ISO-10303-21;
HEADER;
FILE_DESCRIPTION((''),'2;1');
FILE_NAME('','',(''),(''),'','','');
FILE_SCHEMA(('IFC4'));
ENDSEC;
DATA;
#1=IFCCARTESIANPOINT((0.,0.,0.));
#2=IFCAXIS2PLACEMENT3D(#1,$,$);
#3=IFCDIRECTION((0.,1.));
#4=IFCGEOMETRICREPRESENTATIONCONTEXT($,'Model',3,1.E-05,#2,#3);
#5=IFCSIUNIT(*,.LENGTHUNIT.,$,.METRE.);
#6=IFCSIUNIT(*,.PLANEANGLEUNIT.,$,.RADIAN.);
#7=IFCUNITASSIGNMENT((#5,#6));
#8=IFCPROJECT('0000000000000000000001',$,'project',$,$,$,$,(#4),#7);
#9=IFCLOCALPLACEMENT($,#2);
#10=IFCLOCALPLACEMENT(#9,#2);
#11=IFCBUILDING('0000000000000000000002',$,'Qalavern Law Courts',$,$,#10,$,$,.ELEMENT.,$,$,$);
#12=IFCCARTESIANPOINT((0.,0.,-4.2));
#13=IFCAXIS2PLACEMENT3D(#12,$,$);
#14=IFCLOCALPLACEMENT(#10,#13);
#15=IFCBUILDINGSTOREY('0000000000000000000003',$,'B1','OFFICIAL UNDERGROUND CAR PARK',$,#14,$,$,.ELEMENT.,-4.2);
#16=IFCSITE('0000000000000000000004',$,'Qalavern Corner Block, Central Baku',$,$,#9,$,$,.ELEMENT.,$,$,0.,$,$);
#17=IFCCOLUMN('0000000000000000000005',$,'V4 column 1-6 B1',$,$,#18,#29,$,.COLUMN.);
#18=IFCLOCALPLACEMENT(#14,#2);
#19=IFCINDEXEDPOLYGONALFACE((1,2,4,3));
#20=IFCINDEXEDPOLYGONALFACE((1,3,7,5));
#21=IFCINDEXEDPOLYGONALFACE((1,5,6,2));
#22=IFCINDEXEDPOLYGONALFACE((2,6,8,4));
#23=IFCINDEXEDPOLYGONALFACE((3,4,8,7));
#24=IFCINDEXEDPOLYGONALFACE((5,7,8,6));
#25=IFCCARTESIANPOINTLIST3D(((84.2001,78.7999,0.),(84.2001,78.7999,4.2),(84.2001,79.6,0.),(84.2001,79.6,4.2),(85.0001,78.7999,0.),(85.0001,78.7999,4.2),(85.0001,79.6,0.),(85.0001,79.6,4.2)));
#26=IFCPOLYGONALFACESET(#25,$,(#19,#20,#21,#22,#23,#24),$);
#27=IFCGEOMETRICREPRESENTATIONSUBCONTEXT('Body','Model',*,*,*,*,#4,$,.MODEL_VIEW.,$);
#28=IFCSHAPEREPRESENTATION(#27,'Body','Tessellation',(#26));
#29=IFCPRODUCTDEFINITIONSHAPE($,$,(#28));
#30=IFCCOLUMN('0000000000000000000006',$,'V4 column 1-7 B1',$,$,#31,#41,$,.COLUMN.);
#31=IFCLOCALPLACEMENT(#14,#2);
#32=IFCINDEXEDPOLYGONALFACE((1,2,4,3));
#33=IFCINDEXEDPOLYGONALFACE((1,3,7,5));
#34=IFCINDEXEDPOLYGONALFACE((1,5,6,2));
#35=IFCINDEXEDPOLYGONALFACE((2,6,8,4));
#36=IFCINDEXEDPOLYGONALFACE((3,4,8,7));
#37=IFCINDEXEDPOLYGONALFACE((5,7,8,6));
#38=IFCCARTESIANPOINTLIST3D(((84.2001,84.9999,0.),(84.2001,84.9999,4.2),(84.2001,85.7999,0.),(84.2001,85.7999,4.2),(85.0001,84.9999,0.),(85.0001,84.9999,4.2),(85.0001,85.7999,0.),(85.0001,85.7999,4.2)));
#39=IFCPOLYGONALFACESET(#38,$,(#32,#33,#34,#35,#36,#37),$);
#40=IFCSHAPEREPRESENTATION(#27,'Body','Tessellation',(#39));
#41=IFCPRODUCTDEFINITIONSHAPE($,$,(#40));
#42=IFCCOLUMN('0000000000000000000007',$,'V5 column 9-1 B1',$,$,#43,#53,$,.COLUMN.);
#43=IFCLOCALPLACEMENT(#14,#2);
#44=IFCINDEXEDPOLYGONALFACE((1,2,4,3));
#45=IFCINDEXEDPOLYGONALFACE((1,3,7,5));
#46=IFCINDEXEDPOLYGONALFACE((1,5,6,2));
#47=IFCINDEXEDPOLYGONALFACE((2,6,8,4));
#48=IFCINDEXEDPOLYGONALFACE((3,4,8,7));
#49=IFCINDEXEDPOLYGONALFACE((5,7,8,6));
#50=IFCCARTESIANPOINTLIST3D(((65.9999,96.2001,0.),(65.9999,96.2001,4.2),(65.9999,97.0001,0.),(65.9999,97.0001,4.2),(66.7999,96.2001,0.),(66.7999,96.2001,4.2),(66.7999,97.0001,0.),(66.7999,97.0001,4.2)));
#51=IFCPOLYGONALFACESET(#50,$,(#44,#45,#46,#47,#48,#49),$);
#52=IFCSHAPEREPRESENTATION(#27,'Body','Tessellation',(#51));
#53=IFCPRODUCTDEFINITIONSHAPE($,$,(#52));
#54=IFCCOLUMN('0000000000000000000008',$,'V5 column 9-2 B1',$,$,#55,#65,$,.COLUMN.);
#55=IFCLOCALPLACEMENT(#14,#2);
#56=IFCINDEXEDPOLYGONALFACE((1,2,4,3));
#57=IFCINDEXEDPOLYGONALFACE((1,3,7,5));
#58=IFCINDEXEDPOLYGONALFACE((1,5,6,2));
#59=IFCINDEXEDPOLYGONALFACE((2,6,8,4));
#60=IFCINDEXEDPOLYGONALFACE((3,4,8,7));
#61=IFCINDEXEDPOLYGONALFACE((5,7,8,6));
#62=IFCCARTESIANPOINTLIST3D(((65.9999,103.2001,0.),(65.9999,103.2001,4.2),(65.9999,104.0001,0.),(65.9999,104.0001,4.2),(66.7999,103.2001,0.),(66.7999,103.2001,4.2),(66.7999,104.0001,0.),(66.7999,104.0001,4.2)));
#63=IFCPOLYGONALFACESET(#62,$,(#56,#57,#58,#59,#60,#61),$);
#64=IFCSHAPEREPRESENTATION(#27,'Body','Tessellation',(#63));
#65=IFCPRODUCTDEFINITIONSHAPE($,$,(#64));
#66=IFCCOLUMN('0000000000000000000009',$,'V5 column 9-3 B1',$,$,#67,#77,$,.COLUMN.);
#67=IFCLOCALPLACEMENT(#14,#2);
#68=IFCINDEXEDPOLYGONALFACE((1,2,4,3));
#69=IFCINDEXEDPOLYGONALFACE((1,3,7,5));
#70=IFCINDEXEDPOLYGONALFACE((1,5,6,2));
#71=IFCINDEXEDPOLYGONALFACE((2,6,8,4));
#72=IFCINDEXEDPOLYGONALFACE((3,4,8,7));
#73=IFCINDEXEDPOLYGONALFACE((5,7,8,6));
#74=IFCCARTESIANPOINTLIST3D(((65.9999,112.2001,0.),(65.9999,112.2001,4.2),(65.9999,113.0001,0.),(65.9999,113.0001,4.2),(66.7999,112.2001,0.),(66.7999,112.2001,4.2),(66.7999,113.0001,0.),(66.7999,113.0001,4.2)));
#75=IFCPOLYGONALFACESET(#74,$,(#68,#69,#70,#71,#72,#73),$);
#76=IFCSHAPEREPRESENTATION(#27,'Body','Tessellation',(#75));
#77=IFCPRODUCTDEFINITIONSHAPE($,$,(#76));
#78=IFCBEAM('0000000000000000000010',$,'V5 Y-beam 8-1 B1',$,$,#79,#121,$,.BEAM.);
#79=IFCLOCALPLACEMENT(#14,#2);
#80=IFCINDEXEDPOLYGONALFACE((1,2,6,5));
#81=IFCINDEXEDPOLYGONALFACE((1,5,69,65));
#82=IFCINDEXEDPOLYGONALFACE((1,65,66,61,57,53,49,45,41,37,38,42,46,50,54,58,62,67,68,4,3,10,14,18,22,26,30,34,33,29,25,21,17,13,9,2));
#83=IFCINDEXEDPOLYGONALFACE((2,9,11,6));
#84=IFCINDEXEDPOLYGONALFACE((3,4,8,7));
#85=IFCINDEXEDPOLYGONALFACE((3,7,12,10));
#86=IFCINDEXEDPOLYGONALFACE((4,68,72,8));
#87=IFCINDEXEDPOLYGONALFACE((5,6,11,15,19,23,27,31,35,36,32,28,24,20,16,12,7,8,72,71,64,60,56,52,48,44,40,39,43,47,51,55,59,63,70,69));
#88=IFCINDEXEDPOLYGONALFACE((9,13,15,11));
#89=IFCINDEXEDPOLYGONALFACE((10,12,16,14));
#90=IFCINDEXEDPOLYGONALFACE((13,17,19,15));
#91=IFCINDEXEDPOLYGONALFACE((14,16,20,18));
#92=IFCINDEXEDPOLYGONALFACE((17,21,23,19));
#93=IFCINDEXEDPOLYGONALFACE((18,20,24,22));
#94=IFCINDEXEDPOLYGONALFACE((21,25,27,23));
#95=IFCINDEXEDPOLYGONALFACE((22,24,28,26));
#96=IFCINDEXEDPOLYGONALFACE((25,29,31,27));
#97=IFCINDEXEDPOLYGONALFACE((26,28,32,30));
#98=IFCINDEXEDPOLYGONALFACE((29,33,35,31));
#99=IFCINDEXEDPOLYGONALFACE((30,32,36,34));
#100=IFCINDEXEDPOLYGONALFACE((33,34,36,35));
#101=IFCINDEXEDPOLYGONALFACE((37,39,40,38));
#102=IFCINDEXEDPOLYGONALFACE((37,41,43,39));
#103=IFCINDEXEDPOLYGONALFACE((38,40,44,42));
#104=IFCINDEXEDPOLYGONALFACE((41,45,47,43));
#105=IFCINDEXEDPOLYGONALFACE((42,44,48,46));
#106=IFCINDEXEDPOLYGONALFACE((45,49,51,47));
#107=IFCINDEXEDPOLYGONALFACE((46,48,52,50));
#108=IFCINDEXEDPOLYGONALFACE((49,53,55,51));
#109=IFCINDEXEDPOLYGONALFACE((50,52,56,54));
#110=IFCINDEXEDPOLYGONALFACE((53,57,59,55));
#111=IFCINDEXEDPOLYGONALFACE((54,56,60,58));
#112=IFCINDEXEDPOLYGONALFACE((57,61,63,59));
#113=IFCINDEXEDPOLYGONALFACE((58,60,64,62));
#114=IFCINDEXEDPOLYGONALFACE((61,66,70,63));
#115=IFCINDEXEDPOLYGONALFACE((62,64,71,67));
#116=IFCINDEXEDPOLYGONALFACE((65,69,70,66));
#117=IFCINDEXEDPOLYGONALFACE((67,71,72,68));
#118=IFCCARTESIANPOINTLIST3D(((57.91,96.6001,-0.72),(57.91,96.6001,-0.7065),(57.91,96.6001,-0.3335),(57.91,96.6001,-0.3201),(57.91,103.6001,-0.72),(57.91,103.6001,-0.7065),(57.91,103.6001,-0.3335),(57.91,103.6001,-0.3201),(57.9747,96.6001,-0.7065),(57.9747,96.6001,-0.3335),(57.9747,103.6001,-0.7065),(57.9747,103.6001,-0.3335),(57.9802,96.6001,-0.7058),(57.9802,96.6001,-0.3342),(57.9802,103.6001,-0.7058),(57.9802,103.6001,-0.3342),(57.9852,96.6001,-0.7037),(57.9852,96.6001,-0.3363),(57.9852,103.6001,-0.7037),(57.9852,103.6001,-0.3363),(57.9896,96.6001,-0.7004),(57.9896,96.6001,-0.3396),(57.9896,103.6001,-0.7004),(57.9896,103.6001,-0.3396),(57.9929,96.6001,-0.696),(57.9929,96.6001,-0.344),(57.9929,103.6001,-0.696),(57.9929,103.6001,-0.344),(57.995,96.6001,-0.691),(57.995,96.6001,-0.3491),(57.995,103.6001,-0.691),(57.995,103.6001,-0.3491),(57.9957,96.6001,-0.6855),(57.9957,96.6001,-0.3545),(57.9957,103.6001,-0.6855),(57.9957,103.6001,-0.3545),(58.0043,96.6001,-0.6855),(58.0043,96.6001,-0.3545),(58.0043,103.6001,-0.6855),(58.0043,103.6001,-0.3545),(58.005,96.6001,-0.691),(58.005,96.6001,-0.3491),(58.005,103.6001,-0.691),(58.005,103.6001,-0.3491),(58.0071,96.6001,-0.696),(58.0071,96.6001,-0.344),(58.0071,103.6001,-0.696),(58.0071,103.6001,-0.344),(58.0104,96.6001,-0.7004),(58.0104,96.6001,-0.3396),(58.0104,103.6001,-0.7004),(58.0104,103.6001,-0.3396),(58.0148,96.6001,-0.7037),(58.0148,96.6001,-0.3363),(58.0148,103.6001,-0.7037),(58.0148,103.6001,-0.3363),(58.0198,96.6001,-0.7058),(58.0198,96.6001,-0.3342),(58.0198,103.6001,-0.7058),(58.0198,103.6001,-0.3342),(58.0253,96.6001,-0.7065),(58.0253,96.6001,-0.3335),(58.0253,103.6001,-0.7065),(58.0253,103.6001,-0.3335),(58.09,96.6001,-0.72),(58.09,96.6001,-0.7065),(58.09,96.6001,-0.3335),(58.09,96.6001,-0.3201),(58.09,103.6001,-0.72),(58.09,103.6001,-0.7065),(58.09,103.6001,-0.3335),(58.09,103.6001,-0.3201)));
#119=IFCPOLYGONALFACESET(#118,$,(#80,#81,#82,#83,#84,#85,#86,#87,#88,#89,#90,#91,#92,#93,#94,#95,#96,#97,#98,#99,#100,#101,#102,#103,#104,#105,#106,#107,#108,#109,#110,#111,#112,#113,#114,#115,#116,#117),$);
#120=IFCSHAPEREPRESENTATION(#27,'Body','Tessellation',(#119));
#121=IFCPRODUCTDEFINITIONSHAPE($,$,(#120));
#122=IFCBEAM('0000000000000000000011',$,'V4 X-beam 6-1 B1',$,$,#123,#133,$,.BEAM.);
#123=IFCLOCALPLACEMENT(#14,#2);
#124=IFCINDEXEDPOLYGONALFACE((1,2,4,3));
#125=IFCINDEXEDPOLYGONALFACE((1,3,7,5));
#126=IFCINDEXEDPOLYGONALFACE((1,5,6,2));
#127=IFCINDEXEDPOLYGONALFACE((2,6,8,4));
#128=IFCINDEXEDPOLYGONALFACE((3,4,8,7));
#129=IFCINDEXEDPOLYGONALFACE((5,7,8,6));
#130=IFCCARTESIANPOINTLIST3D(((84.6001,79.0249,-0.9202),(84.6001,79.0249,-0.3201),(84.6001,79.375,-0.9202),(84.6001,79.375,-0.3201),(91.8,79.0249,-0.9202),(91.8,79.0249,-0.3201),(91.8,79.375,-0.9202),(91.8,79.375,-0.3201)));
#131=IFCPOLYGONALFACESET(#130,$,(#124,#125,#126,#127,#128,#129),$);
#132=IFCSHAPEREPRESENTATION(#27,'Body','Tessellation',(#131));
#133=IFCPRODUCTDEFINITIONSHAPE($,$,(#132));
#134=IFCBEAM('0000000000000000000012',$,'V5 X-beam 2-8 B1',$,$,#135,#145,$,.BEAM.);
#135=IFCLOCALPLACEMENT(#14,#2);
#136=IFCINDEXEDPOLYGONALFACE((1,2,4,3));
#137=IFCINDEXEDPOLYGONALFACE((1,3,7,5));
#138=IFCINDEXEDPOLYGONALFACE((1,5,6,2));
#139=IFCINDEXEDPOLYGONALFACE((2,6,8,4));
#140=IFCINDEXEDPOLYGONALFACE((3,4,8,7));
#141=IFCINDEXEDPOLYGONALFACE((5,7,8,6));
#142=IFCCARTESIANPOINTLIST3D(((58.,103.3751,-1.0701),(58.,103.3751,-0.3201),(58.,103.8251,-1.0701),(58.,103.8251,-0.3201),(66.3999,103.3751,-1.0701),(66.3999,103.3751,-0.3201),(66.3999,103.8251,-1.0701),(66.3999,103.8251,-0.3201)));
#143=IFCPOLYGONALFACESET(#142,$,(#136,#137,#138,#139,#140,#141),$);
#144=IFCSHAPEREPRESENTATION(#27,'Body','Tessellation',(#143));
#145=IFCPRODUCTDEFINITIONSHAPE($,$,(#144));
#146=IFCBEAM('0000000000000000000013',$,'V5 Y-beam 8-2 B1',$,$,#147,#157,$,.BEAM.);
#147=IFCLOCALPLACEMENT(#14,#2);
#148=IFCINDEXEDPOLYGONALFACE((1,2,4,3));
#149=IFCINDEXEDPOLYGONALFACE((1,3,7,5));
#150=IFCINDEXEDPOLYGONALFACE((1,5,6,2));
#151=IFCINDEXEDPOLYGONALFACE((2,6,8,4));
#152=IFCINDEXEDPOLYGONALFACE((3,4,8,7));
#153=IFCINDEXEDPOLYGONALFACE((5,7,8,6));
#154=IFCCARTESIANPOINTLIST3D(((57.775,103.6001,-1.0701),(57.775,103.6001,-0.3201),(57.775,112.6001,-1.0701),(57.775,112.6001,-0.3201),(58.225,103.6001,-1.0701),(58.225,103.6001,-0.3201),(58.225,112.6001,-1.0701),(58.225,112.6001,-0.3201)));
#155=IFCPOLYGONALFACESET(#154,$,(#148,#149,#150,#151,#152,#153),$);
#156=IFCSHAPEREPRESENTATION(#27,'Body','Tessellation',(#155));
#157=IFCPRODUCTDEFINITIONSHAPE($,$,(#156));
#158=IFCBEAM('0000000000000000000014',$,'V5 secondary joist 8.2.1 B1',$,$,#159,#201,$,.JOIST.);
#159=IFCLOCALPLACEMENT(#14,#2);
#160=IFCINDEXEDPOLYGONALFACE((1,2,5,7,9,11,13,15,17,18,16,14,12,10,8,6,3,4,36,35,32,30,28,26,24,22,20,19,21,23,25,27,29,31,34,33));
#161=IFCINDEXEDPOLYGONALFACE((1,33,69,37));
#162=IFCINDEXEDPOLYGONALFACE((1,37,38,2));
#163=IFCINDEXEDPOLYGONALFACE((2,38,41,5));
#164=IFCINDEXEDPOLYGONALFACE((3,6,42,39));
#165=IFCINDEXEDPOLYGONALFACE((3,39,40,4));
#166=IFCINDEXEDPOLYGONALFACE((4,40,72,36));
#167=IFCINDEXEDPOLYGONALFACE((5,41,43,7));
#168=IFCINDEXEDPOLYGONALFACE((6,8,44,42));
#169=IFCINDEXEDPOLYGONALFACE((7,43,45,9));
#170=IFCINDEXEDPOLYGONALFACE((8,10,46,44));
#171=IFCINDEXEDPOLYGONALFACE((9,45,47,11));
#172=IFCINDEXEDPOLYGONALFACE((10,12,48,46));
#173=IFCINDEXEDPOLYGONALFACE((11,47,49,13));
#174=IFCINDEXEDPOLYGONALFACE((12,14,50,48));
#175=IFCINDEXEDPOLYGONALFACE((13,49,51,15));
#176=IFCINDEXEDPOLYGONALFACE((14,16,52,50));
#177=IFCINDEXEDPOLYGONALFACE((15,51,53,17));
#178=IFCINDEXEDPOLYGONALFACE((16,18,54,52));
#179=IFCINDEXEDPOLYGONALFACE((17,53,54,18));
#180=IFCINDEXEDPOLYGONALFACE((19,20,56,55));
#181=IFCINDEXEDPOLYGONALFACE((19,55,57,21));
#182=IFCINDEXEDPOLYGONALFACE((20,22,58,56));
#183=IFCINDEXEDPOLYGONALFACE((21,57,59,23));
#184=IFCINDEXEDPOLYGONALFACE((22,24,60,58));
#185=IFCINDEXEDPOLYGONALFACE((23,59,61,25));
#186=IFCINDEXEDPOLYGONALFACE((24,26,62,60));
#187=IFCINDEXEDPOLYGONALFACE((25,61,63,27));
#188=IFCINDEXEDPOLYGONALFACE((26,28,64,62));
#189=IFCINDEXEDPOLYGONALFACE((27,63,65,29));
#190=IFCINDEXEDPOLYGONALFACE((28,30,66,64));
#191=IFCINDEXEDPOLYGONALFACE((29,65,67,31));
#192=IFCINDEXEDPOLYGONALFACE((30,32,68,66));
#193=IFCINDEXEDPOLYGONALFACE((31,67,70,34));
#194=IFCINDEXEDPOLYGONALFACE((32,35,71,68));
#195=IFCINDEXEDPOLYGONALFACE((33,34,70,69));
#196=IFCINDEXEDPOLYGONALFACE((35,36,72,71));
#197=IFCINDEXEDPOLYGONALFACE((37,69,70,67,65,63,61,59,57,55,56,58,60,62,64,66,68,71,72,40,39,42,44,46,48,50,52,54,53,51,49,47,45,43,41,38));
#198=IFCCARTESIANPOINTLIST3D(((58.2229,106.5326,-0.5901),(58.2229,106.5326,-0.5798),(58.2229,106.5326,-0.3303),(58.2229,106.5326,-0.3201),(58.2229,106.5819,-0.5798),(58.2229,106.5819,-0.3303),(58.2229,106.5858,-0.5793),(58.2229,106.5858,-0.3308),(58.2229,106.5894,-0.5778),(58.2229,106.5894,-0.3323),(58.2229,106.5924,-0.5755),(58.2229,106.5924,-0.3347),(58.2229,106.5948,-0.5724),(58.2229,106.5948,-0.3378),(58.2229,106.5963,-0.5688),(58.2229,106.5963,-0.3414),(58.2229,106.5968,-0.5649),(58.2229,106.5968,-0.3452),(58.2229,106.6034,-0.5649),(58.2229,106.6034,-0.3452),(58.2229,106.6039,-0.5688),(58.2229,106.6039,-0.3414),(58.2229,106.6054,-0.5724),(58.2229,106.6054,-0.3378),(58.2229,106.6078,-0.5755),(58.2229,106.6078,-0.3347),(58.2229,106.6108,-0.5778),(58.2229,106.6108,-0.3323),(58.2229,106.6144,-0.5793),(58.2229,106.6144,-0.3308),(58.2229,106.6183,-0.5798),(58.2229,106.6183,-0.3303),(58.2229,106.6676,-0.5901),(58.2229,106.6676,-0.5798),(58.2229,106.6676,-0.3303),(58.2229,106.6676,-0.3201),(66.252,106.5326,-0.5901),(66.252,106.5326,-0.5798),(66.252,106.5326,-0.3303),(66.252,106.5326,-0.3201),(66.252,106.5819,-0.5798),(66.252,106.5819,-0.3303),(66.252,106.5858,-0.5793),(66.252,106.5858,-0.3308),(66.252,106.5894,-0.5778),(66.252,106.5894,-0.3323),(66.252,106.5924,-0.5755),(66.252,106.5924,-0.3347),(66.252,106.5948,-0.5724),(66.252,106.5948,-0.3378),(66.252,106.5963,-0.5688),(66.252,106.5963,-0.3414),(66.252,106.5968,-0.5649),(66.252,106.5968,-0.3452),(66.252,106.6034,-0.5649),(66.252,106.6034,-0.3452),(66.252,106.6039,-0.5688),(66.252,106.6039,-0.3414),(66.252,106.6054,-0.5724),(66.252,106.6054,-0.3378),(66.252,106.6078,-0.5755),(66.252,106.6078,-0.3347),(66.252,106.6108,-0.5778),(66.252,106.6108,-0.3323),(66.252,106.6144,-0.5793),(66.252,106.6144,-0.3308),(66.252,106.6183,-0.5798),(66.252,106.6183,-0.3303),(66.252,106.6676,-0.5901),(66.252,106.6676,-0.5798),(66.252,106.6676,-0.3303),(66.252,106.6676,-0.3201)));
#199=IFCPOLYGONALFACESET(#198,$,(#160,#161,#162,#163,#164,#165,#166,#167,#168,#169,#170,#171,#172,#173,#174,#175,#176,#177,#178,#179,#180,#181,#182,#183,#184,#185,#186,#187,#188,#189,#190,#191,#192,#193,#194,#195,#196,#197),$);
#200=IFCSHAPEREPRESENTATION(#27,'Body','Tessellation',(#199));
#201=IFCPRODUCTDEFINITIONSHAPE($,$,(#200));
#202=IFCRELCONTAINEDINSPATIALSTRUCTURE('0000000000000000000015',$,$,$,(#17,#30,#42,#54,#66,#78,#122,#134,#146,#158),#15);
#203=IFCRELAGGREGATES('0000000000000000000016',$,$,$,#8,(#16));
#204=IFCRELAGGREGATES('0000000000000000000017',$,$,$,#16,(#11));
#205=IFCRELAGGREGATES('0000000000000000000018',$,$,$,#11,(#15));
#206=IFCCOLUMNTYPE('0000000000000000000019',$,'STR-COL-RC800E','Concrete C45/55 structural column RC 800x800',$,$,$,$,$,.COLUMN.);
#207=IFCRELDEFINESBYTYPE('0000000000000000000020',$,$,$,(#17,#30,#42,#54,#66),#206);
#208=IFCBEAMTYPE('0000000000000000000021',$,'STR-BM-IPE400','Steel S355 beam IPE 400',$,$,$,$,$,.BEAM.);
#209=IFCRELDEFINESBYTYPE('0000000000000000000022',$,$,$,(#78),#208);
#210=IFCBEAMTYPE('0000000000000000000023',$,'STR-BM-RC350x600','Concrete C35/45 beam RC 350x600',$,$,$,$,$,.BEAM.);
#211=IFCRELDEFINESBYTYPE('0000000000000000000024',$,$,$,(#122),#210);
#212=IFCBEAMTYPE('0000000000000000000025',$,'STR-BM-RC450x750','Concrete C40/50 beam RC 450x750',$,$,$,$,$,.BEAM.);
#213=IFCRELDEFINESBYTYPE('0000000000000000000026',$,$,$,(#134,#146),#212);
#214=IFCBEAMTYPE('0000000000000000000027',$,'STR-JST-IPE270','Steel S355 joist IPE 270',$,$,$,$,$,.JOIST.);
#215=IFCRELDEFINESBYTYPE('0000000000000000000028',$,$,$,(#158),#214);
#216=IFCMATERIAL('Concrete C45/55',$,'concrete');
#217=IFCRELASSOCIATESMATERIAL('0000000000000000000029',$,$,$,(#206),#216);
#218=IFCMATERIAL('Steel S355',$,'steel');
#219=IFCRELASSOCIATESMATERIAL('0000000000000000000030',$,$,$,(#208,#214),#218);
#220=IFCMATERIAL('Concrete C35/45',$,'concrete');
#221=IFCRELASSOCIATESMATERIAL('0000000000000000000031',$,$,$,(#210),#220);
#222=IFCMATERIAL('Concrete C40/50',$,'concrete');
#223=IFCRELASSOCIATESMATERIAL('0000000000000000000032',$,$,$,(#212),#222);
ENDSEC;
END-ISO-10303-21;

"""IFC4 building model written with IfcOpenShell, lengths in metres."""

from ifc_helpers import new_model, si_unit, direction, frame, origin, origin_2d, place, context, subcontext, project, spatial, rectangle, i_section, extrude, material, material_profile, profile_set, type_object, element, save


model = new_model("IFC4")

# Units and contexts
model_context = context("Model", 3, precision=1e-05, world=origin(), true_north=direction((0.0, 1.0)))
body_context = subcontext(model_context, "Body", "Model", "MODEL_VIEW")
ifc_project = project(units=[si_unit("LENGTHUNIT", "METRE"), si_unit("PLANEANGLEUNIT", "RADIAN")], contexts=[model_context])

# Site, building, storey
site_placement = place(None, origin())
site = spatial("IfcSite", under=ifc_project, at=site_placement, Name="Qalavern Corner Block, Central Baku", CompositionType="ELEMENT", RefElevation=0.0)
building_placement = place(site_placement, origin())
building = spatial("IfcBuilding", under=site, at=building_placement, Name="Qalavern Law Courts", CompositionType="ELEMENT")
storey_placement = place(building_placement, frame((0.0, 0.0, -4.2)))
storey = spatial("IfcBuildingStorey", under=building, at=storey_placement, Name="B1", Description="OFFICIAL UNDERGROUND CAR PARK", CompositionType="ELEMENT", Elevation=-4.2)

# Columns
ifc_material_1 = material(Name="Concrete C45/55", Category="concrete")
ifc_material_profile_1 = material_profile(ifc_material_1, rectangle(XDim=0.8, YDim=0.8, at=origin_2d()), Name="RC 800x800")
ifc_profile_set_1 = profile_set([ifc_material_profile_1], Name="Concrete C45/55")
column_type = type_object("IfcColumnType", Name="STR-COL-RC800E", Description="Concrete C45/55 structural column RC 800x800", PredefinedType="COLUMN", material=ifc_profile_set_1)
for number, where, z_axis, x_axis, name in (
    (1, (84.6001, 79.2, 0.0), (0.0, 0.0, 1.0), (1.0, 0.0, 0.0), "V4 column 1-6 B1"),
    (2, (84.6001, 85.3999, 0.0), (0.0, 0.0, 1.0), (1.0, 0.0, 0.0), "V4 column 1-7 B1"),
    (3, (66.3999, 96.6001, 0.0), (0.0, 0.0, 1.0), (1.0, 0.0, 0.0), "V5 column 9-1 B1"),
    (4, (66.3999, 103.6001, 0.0), (0.0, 0.0, 1.0), (1.0, 0.0, 0.0), "V5 column 9-2 B1"),
    (5, (66.3999, 112.6001, 0.0), (0.0, 0.0, 1.0), (1.0, 0.0, 0.0), "V5 column 9-3 B1"),
):
    element("IfcColumn", number, at=place(storey_placement, frame(where, z_axis=z_axis, x_axis=x_axis)), inside=storey, type_object=column_type, Name=name, PredefinedType="COLUMN", context=body_context, shape_type="SweptSolid", body=[
        extrude(rectangle(XDim=0.8, YDim=0.8, at=origin_2d()), origin(), (0.0, 0.0, 1.0), 4.2),
    ])

# Beams
ifc_material_2 = material(Name="Steel S355", Category="steel")
ifc_material_profile_2 = material_profile(ifc_material_2, i_section(OverallWidth=0.1799, OverallDepth=0.3999, WebThickness=0.0085, FlangeThickness=0.0134, FilletRadius=0.021, at=origin_2d()), Name="IPE 400")
ifc_profile_set_2 = profile_set([ifc_material_profile_2], Name="Steel S355")
beam_type_1 = type_object("IfcBeamType", Name="STR-BM-IPE400", Description="Steel S355 beam IPE 400", PredefinedType="BEAM", material=ifc_profile_set_2)
beam_1_placement = place(storey_placement, frame((58.0, 96.6001, -0.52), z_axis=(0.0, 1.0, 0.0), x_axis=(-1.0, 0.0, 0.0)))
element("IfcBeam", 6, at=beam_1_placement, inside=storey, type_object=beam_type_1, Name="V5 Y-beam 8-1 B1", PredefinedType="BEAM", context=body_context, shape_type="SweptSolid", body=[
    extrude(i_section(OverallWidth=0.1799, OverallDepth=0.3999, WebThickness=0.0085, FlangeThickness=0.0134, FilletRadius=0.021, at=origin_2d()), origin(), (0.0, 0.0, 1.0), 7.0),
])
ifc_material_3 = material(Name="Concrete C35/45", Category="concrete")
ifc_material_profile_3 = material_profile(ifc_material_3, rectangle(XDim=0.3501, YDim=0.6001, at=origin_2d()), Name="RC 350x600")
ifc_profile_set_3 = profile_set([ifc_material_profile_3], Name="Concrete C35/45")
beam_type_2 = type_object("IfcBeamType", Name="STR-BM-RC350x600", Description="Concrete C35/45 beam RC 350x600", PredefinedType="BEAM", material=ifc_profile_set_3)
beam_2_placement = place(storey_placement, frame((84.6001, 79.2, -0.6201), z_axis=(1.0, 0.0, 0.0), x_axis=(0.0, 1.0, 0.0)))
element("IfcBeam", 7, at=beam_2_placement, inside=storey, type_object=beam_type_2, Name="V4 X-beam 6-1 B1", PredefinedType="BEAM", context=body_context, shape_type="SweptSolid", body=[
    extrude(rectangle(XDim=0.3501, YDim=0.6001, at=origin_2d()), origin(), (0.0, 0.0, 1.0), 7.2),
])
ifc_material_4 = material(Name="Concrete C40/50", Category="concrete")
ifc_material_profile_4 = material_profile(ifc_material_4, rectangle(XDim=0.45, YDim=0.75, at=origin_2d()), Name="RC 450x750")
ifc_profile_set_4 = profile_set([ifc_material_profile_4], Name="Concrete C40/50")
beam_type_3 = type_object("IfcBeamType", Name="STR-BM-RC450x750", Description="Concrete C40/50 beam RC 450x750", PredefinedType="BEAM", material=ifc_profile_set_4)
beam_3_placement = place(storey_placement, frame((58.0, 103.6001, -0.6951), z_axis=(1.0, 0.0, 0.0), x_axis=(0.0, 1.0, 0.0)))
element("IfcBeam", 8, at=beam_3_placement, inside=storey, type_object=beam_type_3, Name="V5 X-beam 2-8 B1", PredefinedType="BEAM", context=body_context, shape_type="SweptSolid", body=[
    extrude(rectangle(XDim=0.45, YDim=0.75, at=origin_2d()), origin(), (0.0, 0.0, 1.0), 8.3999),
])
beam_4_placement = place(storey_placement, frame((58.0, 103.6001, -0.6951), z_axis=(0.0, 1.0, 0.0), x_axis=(-1.0, 0.0, 0.0)))
element("IfcBeam", 9, at=beam_4_placement, inside=storey, type_object=beam_type_3, Name="V5 Y-beam 8-2 B1", PredefinedType="BEAM", context=body_context, shape_type="SweptSolid", body=[
    extrude(rectangle(XDim=0.45, YDim=0.75, at=origin_2d()), origin(), (0.0, 0.0, 1.0), 9.0),
])
ifc_material_profile_5 = material_profile(ifc_material_2, i_section(OverallWidth=0.135, OverallDepth=0.27, WebThickness=0.0066, FlangeThickness=0.0103, FilletRadius=0.0149, at=origin_2d()), Name="IPE 270")
ifc_profile_set_5 = profile_set([ifc_material_profile_5], Name="Steel S355")
beam_type_4 = type_object("IfcBeamType", Name="STR-JST-IPE270", Description="Steel S355 joist IPE 270", PredefinedType="JOIST", material=ifc_profile_set_5)
beam_5_placement = place(storey_placement, frame((58.2229, 106.6001, -0.4551), z_axis=(1.0, 0.0, 0.0), x_axis=(0.0, 1.0, 0.0)))
element("IfcBeam", 10, at=beam_5_placement, inside=storey, type_object=beam_type_4, Name="V5 secondary joist 8.2.1 B1", PredefinedType="JOIST", context=body_context, shape_type="SweptSolid", body=[
    extrude(i_section(OverallWidth=0.135, OverallDepth=0.27, WebThickness=0.0066, FlangeThickness=0.0103, FilletRadius=0.0149, at=origin_2d()), origin(), (0.0, 0.0, 1.0), 8.0291),
])

save(model, "model.ifc")
